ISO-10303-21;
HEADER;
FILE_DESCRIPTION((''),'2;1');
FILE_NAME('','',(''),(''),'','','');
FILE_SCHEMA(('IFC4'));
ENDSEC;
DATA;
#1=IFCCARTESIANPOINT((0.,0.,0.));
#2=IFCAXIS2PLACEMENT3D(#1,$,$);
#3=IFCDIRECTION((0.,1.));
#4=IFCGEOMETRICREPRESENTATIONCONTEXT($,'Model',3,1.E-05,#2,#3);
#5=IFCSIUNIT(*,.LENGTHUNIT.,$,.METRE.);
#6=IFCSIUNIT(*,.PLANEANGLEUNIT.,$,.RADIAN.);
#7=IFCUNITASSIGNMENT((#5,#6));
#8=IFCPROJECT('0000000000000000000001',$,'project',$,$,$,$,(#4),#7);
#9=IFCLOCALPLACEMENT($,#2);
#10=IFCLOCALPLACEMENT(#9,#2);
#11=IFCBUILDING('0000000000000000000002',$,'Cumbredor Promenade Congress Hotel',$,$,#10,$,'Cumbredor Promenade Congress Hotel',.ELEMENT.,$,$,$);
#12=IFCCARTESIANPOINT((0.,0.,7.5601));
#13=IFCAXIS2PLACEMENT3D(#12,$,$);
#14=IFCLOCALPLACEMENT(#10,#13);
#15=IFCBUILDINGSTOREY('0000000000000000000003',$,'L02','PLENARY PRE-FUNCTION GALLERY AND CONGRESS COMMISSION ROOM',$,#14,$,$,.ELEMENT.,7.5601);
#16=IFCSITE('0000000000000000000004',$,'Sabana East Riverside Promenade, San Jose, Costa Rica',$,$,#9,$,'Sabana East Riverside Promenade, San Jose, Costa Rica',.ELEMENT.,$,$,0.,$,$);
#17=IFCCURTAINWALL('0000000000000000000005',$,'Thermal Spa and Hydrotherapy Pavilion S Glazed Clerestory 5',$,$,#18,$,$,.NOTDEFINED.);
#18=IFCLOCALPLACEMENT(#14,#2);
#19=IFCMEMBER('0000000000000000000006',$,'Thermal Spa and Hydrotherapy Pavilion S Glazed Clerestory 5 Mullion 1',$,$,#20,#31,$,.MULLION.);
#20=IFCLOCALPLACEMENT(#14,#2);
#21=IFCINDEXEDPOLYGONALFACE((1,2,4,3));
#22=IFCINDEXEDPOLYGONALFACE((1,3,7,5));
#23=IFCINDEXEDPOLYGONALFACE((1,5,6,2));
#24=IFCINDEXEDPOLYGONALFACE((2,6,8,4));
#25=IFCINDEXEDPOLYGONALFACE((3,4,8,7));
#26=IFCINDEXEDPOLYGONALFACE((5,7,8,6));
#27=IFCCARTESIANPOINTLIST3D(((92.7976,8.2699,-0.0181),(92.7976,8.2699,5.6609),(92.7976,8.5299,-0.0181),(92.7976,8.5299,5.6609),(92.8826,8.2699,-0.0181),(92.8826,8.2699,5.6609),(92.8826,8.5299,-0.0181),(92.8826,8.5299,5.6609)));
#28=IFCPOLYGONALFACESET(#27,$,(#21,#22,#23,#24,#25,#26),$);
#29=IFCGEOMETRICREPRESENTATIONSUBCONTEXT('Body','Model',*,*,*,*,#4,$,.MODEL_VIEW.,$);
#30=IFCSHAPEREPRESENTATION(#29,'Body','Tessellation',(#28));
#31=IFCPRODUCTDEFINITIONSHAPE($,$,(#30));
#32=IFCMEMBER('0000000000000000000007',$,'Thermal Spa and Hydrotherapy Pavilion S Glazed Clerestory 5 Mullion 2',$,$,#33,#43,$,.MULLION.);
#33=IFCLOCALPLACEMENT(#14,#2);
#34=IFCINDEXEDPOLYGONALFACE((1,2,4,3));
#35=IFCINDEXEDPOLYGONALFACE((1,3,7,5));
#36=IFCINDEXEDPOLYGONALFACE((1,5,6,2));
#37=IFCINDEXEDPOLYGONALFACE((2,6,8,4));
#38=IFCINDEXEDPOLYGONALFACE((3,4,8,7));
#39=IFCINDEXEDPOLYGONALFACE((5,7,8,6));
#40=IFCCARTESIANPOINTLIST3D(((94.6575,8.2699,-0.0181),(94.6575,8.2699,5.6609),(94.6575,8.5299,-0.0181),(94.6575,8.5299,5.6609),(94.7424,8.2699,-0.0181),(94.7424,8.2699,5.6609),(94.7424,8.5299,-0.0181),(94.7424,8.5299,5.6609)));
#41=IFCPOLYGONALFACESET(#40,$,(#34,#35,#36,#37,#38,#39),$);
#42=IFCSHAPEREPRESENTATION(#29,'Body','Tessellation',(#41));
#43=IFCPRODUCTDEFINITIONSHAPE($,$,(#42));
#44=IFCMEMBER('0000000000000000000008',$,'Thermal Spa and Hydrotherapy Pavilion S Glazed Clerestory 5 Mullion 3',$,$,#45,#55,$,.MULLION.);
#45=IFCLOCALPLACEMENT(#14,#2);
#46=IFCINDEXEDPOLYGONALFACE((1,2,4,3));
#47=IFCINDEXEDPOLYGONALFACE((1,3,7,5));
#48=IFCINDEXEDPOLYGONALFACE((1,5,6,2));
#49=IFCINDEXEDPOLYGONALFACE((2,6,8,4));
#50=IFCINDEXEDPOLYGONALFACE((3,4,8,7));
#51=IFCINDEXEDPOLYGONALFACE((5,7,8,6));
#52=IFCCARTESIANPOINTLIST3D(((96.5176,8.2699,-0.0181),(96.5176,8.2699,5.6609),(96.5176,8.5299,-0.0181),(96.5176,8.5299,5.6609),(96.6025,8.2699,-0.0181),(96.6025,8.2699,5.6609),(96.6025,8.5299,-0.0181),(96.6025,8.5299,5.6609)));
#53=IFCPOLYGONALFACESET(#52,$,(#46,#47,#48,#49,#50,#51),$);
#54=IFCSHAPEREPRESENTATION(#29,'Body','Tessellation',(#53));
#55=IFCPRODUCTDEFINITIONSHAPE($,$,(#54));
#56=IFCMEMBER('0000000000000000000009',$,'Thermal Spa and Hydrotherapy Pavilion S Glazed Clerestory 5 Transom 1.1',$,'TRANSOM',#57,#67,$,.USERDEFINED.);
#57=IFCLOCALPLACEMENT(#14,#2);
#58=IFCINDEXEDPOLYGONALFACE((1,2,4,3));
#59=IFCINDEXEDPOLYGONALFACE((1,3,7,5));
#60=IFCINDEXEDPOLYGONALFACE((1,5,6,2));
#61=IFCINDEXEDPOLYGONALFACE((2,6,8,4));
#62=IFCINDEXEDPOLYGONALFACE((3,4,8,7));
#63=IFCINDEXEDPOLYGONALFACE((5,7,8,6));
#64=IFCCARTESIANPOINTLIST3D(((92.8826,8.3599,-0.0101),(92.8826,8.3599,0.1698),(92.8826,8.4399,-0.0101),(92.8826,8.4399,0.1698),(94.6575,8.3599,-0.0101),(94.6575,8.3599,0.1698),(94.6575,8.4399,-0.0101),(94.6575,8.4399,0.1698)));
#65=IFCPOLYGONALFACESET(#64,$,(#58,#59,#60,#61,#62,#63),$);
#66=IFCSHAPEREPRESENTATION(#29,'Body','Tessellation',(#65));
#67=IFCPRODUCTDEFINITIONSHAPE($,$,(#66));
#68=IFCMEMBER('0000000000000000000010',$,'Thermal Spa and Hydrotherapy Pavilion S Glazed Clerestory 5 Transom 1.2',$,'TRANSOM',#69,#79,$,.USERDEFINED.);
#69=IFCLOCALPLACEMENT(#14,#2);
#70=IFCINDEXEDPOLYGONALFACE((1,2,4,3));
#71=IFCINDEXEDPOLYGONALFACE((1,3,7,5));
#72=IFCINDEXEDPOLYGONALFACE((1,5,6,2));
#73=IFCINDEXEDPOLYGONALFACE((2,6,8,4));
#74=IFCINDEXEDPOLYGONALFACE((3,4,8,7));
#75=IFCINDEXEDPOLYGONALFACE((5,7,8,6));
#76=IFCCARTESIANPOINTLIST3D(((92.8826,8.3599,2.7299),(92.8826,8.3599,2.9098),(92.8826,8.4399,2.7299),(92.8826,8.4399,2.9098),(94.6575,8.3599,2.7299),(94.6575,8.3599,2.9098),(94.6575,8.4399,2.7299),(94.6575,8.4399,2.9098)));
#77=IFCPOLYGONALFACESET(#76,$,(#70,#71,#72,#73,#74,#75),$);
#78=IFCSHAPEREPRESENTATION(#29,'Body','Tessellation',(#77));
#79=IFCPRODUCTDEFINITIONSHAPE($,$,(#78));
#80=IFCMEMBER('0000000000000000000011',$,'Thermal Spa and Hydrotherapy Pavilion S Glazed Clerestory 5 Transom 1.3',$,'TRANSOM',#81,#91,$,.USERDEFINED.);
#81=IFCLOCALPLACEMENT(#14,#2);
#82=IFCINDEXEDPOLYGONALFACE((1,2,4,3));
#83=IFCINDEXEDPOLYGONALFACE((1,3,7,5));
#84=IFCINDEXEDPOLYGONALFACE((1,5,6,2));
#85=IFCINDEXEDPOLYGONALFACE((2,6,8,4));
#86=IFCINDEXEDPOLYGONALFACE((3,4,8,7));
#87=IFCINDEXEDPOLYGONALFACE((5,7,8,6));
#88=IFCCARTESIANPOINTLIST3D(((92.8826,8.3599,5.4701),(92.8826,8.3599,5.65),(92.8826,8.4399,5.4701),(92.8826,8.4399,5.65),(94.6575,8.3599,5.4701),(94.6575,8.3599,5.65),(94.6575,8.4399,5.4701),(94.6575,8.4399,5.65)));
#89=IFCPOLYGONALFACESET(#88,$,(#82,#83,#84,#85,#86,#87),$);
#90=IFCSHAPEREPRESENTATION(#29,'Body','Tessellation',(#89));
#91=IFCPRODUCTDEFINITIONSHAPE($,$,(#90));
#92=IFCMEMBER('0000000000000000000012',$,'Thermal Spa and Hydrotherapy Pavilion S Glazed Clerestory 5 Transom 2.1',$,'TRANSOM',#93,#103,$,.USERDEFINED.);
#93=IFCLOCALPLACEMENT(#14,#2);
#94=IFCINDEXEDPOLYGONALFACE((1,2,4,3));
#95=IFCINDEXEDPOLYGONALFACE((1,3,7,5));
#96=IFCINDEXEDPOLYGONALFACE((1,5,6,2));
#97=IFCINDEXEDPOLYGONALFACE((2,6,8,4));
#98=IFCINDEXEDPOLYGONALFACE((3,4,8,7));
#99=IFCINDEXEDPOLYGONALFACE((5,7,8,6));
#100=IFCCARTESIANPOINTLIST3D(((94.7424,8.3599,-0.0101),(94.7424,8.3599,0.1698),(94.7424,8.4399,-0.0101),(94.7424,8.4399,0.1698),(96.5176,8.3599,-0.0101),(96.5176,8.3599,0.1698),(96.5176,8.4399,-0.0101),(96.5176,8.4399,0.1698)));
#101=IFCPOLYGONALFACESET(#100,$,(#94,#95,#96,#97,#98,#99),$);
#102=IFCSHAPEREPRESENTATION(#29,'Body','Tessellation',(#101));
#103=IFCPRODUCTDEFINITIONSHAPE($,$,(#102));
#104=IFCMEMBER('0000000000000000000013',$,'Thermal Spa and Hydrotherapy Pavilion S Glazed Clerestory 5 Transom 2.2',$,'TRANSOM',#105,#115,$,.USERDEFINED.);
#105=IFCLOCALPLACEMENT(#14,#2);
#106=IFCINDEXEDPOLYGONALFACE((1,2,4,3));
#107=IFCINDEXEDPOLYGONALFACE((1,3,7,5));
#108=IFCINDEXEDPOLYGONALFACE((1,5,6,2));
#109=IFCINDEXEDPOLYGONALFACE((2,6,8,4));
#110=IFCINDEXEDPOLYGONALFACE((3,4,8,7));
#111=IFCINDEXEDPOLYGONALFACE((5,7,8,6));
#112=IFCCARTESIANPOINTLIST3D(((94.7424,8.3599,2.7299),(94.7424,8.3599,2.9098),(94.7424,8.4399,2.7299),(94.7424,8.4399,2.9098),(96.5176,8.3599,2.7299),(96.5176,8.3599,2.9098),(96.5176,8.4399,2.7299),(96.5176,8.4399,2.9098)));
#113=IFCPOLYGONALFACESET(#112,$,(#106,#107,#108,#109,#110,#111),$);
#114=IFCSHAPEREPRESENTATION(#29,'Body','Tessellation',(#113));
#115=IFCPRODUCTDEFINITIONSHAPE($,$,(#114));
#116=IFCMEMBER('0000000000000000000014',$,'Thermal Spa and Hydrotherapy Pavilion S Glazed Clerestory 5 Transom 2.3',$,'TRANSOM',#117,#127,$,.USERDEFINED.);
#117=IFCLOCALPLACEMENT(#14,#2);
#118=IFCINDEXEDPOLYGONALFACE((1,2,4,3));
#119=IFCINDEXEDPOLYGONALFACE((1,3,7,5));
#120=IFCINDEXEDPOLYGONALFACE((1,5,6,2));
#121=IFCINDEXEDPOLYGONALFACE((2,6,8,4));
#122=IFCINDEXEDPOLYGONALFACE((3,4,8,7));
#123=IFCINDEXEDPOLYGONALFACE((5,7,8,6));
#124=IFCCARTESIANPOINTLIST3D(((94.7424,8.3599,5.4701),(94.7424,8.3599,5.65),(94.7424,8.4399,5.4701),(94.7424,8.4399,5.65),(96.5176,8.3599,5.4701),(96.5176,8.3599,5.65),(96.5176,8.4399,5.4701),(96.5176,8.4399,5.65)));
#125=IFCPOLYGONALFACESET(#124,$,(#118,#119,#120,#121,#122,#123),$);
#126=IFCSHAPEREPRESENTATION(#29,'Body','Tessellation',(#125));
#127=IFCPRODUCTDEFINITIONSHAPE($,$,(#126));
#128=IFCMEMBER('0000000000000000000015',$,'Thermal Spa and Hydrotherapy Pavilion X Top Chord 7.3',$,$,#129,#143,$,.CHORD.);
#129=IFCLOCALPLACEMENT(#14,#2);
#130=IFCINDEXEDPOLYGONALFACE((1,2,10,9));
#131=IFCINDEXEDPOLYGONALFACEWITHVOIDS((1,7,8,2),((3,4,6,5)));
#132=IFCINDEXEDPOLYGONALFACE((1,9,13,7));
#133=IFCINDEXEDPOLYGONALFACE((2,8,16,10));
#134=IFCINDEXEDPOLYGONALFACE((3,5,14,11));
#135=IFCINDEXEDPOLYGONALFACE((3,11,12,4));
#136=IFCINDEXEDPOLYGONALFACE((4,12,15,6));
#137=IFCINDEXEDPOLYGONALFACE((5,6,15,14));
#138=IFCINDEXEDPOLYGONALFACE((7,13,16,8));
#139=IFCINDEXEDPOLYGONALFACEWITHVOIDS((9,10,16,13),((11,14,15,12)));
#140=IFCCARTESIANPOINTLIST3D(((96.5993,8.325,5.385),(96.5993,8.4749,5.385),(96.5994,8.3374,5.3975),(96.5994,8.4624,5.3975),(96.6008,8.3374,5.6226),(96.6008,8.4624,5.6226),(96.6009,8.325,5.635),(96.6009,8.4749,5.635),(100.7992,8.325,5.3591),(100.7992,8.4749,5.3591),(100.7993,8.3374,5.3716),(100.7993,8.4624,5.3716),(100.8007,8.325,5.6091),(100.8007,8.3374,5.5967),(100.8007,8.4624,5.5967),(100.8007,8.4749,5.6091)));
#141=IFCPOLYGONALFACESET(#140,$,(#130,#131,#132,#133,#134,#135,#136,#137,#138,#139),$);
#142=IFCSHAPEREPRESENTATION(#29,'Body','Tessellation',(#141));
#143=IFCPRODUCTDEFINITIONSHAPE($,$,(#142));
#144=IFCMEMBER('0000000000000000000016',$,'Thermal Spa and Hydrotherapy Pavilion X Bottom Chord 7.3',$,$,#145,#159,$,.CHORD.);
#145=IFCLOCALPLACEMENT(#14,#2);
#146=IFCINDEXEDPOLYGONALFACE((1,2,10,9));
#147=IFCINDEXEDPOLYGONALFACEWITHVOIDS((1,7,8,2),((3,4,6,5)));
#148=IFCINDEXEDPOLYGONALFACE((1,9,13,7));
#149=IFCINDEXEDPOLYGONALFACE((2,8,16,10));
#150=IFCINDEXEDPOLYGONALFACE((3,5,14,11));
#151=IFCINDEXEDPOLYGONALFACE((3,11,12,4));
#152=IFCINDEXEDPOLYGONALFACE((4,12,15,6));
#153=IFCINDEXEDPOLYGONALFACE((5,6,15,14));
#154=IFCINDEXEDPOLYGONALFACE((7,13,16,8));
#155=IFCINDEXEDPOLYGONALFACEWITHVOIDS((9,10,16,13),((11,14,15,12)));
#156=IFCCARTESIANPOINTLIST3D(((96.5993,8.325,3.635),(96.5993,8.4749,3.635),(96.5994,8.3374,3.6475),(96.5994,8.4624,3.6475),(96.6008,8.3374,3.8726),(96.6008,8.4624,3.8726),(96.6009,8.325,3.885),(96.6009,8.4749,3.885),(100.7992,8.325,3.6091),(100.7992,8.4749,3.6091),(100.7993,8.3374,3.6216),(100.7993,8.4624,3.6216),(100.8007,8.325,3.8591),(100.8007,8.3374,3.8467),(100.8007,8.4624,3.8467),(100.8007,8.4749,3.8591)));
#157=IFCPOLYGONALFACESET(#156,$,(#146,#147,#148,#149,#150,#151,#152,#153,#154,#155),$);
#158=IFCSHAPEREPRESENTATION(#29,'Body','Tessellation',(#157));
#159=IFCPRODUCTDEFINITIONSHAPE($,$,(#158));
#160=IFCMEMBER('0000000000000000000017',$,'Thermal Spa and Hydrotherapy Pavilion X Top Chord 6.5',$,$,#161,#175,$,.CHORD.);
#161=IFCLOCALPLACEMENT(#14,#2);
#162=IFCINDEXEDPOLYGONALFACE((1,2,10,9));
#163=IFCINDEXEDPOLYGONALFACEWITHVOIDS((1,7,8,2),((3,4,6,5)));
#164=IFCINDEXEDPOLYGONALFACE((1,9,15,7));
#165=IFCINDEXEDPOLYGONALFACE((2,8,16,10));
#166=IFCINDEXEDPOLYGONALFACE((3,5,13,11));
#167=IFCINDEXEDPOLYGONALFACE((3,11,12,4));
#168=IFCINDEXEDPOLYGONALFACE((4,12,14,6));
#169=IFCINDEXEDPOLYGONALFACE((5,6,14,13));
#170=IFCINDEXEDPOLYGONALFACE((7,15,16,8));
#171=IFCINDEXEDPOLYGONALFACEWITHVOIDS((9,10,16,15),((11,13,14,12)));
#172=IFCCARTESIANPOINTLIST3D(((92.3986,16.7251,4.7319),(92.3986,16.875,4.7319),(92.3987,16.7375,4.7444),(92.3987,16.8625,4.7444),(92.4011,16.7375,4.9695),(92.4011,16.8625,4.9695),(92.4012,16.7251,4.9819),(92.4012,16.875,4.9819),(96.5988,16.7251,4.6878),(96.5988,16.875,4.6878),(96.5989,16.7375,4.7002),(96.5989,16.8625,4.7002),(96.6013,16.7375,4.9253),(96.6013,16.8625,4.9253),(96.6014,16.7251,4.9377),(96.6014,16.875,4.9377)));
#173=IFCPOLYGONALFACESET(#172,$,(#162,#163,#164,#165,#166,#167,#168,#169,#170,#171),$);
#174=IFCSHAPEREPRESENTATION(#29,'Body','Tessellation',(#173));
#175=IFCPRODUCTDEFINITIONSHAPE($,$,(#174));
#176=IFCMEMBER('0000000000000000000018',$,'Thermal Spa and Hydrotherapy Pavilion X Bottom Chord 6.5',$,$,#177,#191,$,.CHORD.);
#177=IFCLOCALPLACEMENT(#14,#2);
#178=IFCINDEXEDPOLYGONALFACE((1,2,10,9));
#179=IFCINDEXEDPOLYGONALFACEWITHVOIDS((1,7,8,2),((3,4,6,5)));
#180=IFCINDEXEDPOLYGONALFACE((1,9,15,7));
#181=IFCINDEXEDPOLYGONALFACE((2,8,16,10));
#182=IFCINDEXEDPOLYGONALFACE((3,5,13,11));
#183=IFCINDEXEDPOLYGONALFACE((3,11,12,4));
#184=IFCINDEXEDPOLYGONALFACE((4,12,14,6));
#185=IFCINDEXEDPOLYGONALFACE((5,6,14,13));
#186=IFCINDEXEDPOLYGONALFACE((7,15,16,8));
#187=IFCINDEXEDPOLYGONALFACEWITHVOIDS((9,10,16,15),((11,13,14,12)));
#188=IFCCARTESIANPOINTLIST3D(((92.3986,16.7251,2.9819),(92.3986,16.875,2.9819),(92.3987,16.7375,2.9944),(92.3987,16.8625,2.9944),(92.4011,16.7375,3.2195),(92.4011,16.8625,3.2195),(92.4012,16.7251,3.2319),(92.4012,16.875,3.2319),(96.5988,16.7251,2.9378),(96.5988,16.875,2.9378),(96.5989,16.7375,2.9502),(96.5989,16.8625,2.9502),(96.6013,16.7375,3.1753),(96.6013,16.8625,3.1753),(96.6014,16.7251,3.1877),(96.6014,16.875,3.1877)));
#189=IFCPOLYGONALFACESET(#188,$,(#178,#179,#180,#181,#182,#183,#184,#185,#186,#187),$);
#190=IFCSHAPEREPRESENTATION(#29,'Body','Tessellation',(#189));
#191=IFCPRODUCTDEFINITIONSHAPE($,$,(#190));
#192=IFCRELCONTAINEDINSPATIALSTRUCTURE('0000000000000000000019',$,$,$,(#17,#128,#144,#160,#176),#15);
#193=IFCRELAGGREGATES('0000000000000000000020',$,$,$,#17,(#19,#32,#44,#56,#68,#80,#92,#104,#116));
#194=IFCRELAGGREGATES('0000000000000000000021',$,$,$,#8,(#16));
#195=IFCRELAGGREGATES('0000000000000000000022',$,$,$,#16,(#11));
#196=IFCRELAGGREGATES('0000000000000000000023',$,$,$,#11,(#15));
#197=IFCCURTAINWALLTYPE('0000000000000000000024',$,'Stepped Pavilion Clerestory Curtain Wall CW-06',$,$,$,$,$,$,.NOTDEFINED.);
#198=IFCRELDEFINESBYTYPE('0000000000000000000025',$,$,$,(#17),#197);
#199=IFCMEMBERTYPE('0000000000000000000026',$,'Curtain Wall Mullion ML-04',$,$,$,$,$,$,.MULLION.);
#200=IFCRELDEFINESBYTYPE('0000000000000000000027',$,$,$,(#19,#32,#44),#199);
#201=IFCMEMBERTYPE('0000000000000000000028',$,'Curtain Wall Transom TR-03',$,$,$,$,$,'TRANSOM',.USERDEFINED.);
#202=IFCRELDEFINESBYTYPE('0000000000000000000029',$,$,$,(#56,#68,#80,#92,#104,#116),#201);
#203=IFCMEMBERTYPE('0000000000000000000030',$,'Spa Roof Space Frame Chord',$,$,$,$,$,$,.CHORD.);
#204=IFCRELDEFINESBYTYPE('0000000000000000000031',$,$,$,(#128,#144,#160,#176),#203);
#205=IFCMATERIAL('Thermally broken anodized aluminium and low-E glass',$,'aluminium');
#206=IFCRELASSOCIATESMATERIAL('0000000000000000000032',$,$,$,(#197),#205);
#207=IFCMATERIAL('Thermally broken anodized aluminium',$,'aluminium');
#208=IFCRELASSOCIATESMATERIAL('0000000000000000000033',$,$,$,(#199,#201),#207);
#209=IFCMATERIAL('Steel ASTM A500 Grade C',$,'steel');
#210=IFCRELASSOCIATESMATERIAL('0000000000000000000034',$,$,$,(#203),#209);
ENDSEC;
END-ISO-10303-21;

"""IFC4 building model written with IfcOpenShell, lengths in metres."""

from ifc_helpers import new_model, si_unit, direction, frame, origin, origin_2d, place, context, subcontext, project, spatial, rectangle, hollow_rectangle, extrude, material, material_profile, profile_set, type_object, element, aggregate, save


model = new_model("IFC4")

# Units and contexts
model_context = context("Model", 3, precision=1e-05, world=origin(), true_north=direction((0.0, 1.0)))
body_context = subcontext(model_context, "Body", "Model", "MODEL_VIEW")
ifc_project = project(units=[si_unit("LENGTHUNIT", "METRE"), si_unit("PLANEANGLEUNIT", "RADIAN")], contexts=[model_context])

# Site, building, storey
site_placement = place(None, origin())
site = spatial("IfcSite", under=ifc_project, at=site_placement, Name="Sabana East Riverside Promenade, San Jose, Costa Rica", LongName="Sabana East Riverside Promenade, San Jose, Costa Rica", CompositionType="ELEMENT", RefElevation=0.0)
building_placement = place(site_placement, origin())
building = spatial("IfcBuilding", under=site, at=building_placement, Name="Cumbredor Promenade Congress Hotel", LongName="Cumbredor Promenade Congress Hotel", CompositionType="ELEMENT")
storey_placement = place(building_placement, frame((0.0, 0.0, 7.5601)))
storey = spatial("IfcBuildingStorey", under=building, at=storey_placement, Name="L02", Description="PLENARY PRE-FUNCTION GALLERY AND CONGRESS COMMISSION ROOM", CompositionType="ELEMENT", Elevation=7.5601)

# Curtain wall, members
ifc_material_1 = material(Name="Thermally broken anodized aluminium and low-E glass", Category="aluminium")
curtain_wall_type = type_object("IfcCurtainWallType", Name="Stepped Pavilion Clerestory Curtain Wall CW-06", PredefinedType="NOTDEFINED", material=ifc_material_1)
curtain_wall_placement = place(storey_placement, origin())
curtain_wall = element("IfcCurtainWall", 1, at=curtain_wall_placement, inside=storey, type_object=curtain_wall_type, Name="Thermal Spa and Hydrotherapy Pavilion S Glazed Clerestory 5", PredefinedType="NOTDEFINED")
ifc_material_2 = material(Name="Thermally broken anodized aluminium", Category="aluminium")
ifc_material_profile_1 = material_profile(ifc_material_2, rectangle(XDim=0.085, YDim=0.26, at=origin_2d()), Name="ALU MULLION CLERESTORY 85x260")
ifc_profile_set_1 = profile_set([ifc_material_profile_1], Name="Thermally broken anodized aluminium")
member_type_1 = type_object("IfcMemberType", Name="Curtain Wall Mullion ML-04", PredefinedType="MULLION", material=ifc_profile_set_1)
member_1_placement = place(storey_placement, frame((92.8401, 8.3999, -0.0181), z_axis=(0.0, 0.0, 1.0), x_axis=(1.0, 0.0, 0.0)))
member_1 = element("IfcMember", 2, at=member_1_placement, type_object=member_type_1, Name="Thermal Spa and Hydrotherapy Pavilion S Glazed Clerestory 5 Mullion 1", PredefinedType="MULLION", context=body_context, shape_type="SweptSolid", body=[
    extrude(rectangle(XDim=0.085, YDim=0.26, at=origin_2d()), origin(), (0.0, 0.0, 1.0), 5.679),
])
member_2_placement = place(storey_placement, frame((94.7, 8.3999, -0.0181), z_axis=(0.0, 0.0, 1.0), x_axis=(1.0, 0.0, 0.0)))
member_2 = element("IfcMember", 3, at=member_2_placement, type_object=member_type_1, Name="Thermal Spa and Hydrotherapy Pavilion S Glazed Clerestory 5 Mullion 2", PredefinedType="MULLION", context=body_context, shape_type="SweptSolid", body=[
    extrude(rectangle(XDim=0.085, YDim=0.26, at=origin_2d()), origin(), (0.0, 0.0, 1.0), 5.679),
])
member_3_placement = place(storey_placement, frame((96.5601, 8.3999, -0.0181), z_axis=(0.0, 0.0, 1.0), x_axis=(1.0, 0.0, 0.0)))
member_3 = element("IfcMember", 4, at=member_3_placement, type_object=member_type_1, Name="Thermal Spa and Hydrotherapy Pavilion S Glazed Clerestory 5 Mullion 3", PredefinedType="MULLION", context=body_context, shape_type="SweptSolid", body=[
    extrude(rectangle(XDim=0.085, YDim=0.26, at=origin_2d()), origin(), (0.0, 0.0, 1.0), 5.679),
])
ifc_material_profile_2 = material_profile(ifc_material_2, rectangle(XDim=0.0801, YDim=0.1799, at=origin_2d()), Name="ALU TRANSOM 80x180")
ifc_profile_set_2 = profile_set([ifc_material_profile_2], Name="Thermally broken anodized aluminium")
member_type_2 = type_object("IfcMemberType", Name="Curtain Wall Transom TR-03", ElementType="TRANSOM", PredefinedType="USERDEFINED", material=ifc_profile_set_2)
member_4_placement = place(storey_placement, frame((92.8826, 8.3999, 0.0798), z_axis=(1.0, 0.0, 0.0), x_axis=(0.0, 1.0, 0.0)))
member_4 = element("IfcMember", 5, at=member_4_placement, type_object=member_type_2, Name="Thermal Spa and Hydrotherapy Pavilion S Glazed Clerestory 5 Transom 1.1", ObjectType="TRANSOM", PredefinedType="USERDEFINED", context=body_context, shape_type="SweptSolid", body=[
    extrude(rectangle(XDim=0.0801, YDim=0.1799, at=origin_2d()), origin(), (0.0, 0.0, 1.0), 1.7749),
])
member_5_placement = place(storey_placement, frame((92.8826, 8.3999, 2.8198), z_axis=(1.0, 0.0, 0.0), x_axis=(0.0, 1.0, 0.0)))
member_5 = element("IfcMember", 6, at=member_5_placement, type_object=member_type_2, Name="Thermal Spa and Hydrotherapy Pavilion S Glazed Clerestory 5 Transom 1.2", ObjectType="TRANSOM", PredefinedType="USERDEFINED", context=body_context, shape_type="SweptSolid", body=[
    extrude(rectangle(XDim=0.0801, YDim=0.1799, at=origin_2d()), origin(), (0.0, 0.0, 1.0), 1.7749),
])
member_6_placement = place(storey_placement, frame((92.8826, 8.3999, 5.5601), z_axis=(1.0, 0.0, 0.0), x_axis=(0.0, 1.0, 0.0)))
member_6 = element("IfcMember", 7, at=member_6_placement, type_object=member_type_2, Name="Thermal Spa and Hydrotherapy Pavilion S Glazed Clerestory 5 Transom 1.3", ObjectType="TRANSOM", PredefinedType="USERDEFINED", context=body_context, shape_type="SweptSolid", body=[
    extrude(rectangle(XDim=0.0801, YDim=0.1799, at=origin_2d()), origin(), (0.0, 0.0, 1.0), 1.7749),
])
member_7_placement = place(storey_placement, frame((94.7424, 8.3999, 0.0798), z_axis=(1.0, 0.0, 0.0), x_axis=(0.0, 1.0, 0.0)))
member_7 = element("IfcMember", 8, at=member_7_placement, type_object=member_type_2, Name="Thermal Spa and Hydrotherapy Pavilion S Glazed Clerestory 5 Transom 2.1", ObjectType="TRANSOM", PredefinedType="USERDEFINED", context=body_context, shape_type="SweptSolid", body=[
    extrude(rectangle(XDim=0.0801, YDim=0.1799, at=origin_2d()), origin(), (0.0, 0.0, 1.0), 1.7751),
])
member_8_placement = place(storey_placement, frame((94.7424, 8.3999, 2.8198), z_axis=(1.0, 0.0, 0.0), x_axis=(0.0, 1.0, 0.0)))
member_8 = element("IfcMember", 9, at=member_8_placement, type_object=member_type_2, Name="Thermal Spa and Hydrotherapy Pavilion S Glazed Clerestory 5 Transom 2.2", ObjectType="TRANSOM", PredefinedType="USERDEFINED", context=body_context, shape_type="SweptSolid", body=[
    extrude(rectangle(XDim=0.0801, YDim=0.1799, at=origin_2d()), origin(), (0.0, 0.0, 1.0), 1.7751),
])
member_9_placement = place(storey_placement, frame((94.7424, 8.3999, 5.5601), z_axis=(1.0, 0.0, 0.0), x_axis=(0.0, 1.0, 0.0)))
member_9 = element("IfcMember", 10, at=member_9_placement, type_object=member_type_2, Name="Thermal Spa and Hydrotherapy Pavilion S Glazed Clerestory 5 Transom 2.3", ObjectType="TRANSOM", PredefinedType="USERDEFINED", context=body_context, shape_type="SweptSolid", body=[
    extrude(rectangle(XDim=0.0801, YDim=0.1799, at=origin_2d()), origin(), (0.0, 0.0, 1.0), 1.7751),
])

# Members
ifc_material_3 = material(Name="Steel ASTM A500 Grade C", Category="steel")
ifc_material_profile_3 = material_profile(ifc_material_3, hollow_rectangle(XDim=0.1499, YDim=0.25, WallThickness=0.0125, at=origin_2d()), Name="HSS 250x150x12.5")
ifc_profile_set_3 = profile_set([ifc_material_profile_3], Name="Steel ASTM A500 Grade C")
member_type_3 = type_object("IfcMemberType", Name="Spa Roof Space Frame Chord", PredefinedType="CHORD", material=ifc_profile_set_3)
for number, where, z_axis, x_axis, name in (
    (11, (96.6001, 8.3999, 5.51), (0.999981, 0.0, -0.006162), (0.0, 1.0, 0.0), "Thermal Spa and Hydrotherapy Pavilion X Top Chord 7.3"),
    (12, (96.6001, 8.3999, 3.76), (0.999981, 0.0, -0.006162), (0.0, 1.0, 0.0), "Thermal Spa and Hydrotherapy Pavilion X Bottom Chord 7.3"),
):
    element("IfcMember", number, at=place(storey_placement, frame(where, z_axis=z_axis, x_axis=x_axis)), inside=storey, type_object=member_type_3, Name=name, PredefinedType="CHORD", context=body_context, shape_type="SweptSolid", body=[
        extrude(hollow_rectangle(XDim=0.1499, YDim=0.25, WallThickness=0.0125, at=origin_2d()), origin(), (0.0, 0.0, 1.0), 4.2),
    ])
for number, where, z_axis, x_axis, name in (
    (13, (92.3999, 16.8, 4.8569), (0.999945, 0.0, -0.01052), (0.0, 1.0, 0.0), "Thermal Spa and Hydrotherapy Pavilion X Top Chord 6.5"),
    (14, (92.3999, 16.8, 3.1069), (0.999945, 0.0, -0.01052), (0.0, 1.0, 0.0), "Thermal Spa and Hydrotherapy Pavilion X Bottom Chord 6.5"),
):
    element("IfcMember", number, at=place(storey_placement, frame(where, z_axis=z_axis, x_axis=x_axis)), inside=storey, type_object=member_type_3, Name=name, PredefinedType="CHORD", context=body_context, shape_type="SweptSolid", body=[
        extrude(hollow_rectangle(XDim=0.1499, YDim=0.25, WallThickness=0.0125, at=origin_2d()), origin(), (0.0, 0.0, 1.0), 4.2004),
    ])

aggregate(curtain_wall, [member_1, member_2, member_3, member_4, member_5, member_6, member_7, member_8, member_9])

save(model, "model.ifc")
